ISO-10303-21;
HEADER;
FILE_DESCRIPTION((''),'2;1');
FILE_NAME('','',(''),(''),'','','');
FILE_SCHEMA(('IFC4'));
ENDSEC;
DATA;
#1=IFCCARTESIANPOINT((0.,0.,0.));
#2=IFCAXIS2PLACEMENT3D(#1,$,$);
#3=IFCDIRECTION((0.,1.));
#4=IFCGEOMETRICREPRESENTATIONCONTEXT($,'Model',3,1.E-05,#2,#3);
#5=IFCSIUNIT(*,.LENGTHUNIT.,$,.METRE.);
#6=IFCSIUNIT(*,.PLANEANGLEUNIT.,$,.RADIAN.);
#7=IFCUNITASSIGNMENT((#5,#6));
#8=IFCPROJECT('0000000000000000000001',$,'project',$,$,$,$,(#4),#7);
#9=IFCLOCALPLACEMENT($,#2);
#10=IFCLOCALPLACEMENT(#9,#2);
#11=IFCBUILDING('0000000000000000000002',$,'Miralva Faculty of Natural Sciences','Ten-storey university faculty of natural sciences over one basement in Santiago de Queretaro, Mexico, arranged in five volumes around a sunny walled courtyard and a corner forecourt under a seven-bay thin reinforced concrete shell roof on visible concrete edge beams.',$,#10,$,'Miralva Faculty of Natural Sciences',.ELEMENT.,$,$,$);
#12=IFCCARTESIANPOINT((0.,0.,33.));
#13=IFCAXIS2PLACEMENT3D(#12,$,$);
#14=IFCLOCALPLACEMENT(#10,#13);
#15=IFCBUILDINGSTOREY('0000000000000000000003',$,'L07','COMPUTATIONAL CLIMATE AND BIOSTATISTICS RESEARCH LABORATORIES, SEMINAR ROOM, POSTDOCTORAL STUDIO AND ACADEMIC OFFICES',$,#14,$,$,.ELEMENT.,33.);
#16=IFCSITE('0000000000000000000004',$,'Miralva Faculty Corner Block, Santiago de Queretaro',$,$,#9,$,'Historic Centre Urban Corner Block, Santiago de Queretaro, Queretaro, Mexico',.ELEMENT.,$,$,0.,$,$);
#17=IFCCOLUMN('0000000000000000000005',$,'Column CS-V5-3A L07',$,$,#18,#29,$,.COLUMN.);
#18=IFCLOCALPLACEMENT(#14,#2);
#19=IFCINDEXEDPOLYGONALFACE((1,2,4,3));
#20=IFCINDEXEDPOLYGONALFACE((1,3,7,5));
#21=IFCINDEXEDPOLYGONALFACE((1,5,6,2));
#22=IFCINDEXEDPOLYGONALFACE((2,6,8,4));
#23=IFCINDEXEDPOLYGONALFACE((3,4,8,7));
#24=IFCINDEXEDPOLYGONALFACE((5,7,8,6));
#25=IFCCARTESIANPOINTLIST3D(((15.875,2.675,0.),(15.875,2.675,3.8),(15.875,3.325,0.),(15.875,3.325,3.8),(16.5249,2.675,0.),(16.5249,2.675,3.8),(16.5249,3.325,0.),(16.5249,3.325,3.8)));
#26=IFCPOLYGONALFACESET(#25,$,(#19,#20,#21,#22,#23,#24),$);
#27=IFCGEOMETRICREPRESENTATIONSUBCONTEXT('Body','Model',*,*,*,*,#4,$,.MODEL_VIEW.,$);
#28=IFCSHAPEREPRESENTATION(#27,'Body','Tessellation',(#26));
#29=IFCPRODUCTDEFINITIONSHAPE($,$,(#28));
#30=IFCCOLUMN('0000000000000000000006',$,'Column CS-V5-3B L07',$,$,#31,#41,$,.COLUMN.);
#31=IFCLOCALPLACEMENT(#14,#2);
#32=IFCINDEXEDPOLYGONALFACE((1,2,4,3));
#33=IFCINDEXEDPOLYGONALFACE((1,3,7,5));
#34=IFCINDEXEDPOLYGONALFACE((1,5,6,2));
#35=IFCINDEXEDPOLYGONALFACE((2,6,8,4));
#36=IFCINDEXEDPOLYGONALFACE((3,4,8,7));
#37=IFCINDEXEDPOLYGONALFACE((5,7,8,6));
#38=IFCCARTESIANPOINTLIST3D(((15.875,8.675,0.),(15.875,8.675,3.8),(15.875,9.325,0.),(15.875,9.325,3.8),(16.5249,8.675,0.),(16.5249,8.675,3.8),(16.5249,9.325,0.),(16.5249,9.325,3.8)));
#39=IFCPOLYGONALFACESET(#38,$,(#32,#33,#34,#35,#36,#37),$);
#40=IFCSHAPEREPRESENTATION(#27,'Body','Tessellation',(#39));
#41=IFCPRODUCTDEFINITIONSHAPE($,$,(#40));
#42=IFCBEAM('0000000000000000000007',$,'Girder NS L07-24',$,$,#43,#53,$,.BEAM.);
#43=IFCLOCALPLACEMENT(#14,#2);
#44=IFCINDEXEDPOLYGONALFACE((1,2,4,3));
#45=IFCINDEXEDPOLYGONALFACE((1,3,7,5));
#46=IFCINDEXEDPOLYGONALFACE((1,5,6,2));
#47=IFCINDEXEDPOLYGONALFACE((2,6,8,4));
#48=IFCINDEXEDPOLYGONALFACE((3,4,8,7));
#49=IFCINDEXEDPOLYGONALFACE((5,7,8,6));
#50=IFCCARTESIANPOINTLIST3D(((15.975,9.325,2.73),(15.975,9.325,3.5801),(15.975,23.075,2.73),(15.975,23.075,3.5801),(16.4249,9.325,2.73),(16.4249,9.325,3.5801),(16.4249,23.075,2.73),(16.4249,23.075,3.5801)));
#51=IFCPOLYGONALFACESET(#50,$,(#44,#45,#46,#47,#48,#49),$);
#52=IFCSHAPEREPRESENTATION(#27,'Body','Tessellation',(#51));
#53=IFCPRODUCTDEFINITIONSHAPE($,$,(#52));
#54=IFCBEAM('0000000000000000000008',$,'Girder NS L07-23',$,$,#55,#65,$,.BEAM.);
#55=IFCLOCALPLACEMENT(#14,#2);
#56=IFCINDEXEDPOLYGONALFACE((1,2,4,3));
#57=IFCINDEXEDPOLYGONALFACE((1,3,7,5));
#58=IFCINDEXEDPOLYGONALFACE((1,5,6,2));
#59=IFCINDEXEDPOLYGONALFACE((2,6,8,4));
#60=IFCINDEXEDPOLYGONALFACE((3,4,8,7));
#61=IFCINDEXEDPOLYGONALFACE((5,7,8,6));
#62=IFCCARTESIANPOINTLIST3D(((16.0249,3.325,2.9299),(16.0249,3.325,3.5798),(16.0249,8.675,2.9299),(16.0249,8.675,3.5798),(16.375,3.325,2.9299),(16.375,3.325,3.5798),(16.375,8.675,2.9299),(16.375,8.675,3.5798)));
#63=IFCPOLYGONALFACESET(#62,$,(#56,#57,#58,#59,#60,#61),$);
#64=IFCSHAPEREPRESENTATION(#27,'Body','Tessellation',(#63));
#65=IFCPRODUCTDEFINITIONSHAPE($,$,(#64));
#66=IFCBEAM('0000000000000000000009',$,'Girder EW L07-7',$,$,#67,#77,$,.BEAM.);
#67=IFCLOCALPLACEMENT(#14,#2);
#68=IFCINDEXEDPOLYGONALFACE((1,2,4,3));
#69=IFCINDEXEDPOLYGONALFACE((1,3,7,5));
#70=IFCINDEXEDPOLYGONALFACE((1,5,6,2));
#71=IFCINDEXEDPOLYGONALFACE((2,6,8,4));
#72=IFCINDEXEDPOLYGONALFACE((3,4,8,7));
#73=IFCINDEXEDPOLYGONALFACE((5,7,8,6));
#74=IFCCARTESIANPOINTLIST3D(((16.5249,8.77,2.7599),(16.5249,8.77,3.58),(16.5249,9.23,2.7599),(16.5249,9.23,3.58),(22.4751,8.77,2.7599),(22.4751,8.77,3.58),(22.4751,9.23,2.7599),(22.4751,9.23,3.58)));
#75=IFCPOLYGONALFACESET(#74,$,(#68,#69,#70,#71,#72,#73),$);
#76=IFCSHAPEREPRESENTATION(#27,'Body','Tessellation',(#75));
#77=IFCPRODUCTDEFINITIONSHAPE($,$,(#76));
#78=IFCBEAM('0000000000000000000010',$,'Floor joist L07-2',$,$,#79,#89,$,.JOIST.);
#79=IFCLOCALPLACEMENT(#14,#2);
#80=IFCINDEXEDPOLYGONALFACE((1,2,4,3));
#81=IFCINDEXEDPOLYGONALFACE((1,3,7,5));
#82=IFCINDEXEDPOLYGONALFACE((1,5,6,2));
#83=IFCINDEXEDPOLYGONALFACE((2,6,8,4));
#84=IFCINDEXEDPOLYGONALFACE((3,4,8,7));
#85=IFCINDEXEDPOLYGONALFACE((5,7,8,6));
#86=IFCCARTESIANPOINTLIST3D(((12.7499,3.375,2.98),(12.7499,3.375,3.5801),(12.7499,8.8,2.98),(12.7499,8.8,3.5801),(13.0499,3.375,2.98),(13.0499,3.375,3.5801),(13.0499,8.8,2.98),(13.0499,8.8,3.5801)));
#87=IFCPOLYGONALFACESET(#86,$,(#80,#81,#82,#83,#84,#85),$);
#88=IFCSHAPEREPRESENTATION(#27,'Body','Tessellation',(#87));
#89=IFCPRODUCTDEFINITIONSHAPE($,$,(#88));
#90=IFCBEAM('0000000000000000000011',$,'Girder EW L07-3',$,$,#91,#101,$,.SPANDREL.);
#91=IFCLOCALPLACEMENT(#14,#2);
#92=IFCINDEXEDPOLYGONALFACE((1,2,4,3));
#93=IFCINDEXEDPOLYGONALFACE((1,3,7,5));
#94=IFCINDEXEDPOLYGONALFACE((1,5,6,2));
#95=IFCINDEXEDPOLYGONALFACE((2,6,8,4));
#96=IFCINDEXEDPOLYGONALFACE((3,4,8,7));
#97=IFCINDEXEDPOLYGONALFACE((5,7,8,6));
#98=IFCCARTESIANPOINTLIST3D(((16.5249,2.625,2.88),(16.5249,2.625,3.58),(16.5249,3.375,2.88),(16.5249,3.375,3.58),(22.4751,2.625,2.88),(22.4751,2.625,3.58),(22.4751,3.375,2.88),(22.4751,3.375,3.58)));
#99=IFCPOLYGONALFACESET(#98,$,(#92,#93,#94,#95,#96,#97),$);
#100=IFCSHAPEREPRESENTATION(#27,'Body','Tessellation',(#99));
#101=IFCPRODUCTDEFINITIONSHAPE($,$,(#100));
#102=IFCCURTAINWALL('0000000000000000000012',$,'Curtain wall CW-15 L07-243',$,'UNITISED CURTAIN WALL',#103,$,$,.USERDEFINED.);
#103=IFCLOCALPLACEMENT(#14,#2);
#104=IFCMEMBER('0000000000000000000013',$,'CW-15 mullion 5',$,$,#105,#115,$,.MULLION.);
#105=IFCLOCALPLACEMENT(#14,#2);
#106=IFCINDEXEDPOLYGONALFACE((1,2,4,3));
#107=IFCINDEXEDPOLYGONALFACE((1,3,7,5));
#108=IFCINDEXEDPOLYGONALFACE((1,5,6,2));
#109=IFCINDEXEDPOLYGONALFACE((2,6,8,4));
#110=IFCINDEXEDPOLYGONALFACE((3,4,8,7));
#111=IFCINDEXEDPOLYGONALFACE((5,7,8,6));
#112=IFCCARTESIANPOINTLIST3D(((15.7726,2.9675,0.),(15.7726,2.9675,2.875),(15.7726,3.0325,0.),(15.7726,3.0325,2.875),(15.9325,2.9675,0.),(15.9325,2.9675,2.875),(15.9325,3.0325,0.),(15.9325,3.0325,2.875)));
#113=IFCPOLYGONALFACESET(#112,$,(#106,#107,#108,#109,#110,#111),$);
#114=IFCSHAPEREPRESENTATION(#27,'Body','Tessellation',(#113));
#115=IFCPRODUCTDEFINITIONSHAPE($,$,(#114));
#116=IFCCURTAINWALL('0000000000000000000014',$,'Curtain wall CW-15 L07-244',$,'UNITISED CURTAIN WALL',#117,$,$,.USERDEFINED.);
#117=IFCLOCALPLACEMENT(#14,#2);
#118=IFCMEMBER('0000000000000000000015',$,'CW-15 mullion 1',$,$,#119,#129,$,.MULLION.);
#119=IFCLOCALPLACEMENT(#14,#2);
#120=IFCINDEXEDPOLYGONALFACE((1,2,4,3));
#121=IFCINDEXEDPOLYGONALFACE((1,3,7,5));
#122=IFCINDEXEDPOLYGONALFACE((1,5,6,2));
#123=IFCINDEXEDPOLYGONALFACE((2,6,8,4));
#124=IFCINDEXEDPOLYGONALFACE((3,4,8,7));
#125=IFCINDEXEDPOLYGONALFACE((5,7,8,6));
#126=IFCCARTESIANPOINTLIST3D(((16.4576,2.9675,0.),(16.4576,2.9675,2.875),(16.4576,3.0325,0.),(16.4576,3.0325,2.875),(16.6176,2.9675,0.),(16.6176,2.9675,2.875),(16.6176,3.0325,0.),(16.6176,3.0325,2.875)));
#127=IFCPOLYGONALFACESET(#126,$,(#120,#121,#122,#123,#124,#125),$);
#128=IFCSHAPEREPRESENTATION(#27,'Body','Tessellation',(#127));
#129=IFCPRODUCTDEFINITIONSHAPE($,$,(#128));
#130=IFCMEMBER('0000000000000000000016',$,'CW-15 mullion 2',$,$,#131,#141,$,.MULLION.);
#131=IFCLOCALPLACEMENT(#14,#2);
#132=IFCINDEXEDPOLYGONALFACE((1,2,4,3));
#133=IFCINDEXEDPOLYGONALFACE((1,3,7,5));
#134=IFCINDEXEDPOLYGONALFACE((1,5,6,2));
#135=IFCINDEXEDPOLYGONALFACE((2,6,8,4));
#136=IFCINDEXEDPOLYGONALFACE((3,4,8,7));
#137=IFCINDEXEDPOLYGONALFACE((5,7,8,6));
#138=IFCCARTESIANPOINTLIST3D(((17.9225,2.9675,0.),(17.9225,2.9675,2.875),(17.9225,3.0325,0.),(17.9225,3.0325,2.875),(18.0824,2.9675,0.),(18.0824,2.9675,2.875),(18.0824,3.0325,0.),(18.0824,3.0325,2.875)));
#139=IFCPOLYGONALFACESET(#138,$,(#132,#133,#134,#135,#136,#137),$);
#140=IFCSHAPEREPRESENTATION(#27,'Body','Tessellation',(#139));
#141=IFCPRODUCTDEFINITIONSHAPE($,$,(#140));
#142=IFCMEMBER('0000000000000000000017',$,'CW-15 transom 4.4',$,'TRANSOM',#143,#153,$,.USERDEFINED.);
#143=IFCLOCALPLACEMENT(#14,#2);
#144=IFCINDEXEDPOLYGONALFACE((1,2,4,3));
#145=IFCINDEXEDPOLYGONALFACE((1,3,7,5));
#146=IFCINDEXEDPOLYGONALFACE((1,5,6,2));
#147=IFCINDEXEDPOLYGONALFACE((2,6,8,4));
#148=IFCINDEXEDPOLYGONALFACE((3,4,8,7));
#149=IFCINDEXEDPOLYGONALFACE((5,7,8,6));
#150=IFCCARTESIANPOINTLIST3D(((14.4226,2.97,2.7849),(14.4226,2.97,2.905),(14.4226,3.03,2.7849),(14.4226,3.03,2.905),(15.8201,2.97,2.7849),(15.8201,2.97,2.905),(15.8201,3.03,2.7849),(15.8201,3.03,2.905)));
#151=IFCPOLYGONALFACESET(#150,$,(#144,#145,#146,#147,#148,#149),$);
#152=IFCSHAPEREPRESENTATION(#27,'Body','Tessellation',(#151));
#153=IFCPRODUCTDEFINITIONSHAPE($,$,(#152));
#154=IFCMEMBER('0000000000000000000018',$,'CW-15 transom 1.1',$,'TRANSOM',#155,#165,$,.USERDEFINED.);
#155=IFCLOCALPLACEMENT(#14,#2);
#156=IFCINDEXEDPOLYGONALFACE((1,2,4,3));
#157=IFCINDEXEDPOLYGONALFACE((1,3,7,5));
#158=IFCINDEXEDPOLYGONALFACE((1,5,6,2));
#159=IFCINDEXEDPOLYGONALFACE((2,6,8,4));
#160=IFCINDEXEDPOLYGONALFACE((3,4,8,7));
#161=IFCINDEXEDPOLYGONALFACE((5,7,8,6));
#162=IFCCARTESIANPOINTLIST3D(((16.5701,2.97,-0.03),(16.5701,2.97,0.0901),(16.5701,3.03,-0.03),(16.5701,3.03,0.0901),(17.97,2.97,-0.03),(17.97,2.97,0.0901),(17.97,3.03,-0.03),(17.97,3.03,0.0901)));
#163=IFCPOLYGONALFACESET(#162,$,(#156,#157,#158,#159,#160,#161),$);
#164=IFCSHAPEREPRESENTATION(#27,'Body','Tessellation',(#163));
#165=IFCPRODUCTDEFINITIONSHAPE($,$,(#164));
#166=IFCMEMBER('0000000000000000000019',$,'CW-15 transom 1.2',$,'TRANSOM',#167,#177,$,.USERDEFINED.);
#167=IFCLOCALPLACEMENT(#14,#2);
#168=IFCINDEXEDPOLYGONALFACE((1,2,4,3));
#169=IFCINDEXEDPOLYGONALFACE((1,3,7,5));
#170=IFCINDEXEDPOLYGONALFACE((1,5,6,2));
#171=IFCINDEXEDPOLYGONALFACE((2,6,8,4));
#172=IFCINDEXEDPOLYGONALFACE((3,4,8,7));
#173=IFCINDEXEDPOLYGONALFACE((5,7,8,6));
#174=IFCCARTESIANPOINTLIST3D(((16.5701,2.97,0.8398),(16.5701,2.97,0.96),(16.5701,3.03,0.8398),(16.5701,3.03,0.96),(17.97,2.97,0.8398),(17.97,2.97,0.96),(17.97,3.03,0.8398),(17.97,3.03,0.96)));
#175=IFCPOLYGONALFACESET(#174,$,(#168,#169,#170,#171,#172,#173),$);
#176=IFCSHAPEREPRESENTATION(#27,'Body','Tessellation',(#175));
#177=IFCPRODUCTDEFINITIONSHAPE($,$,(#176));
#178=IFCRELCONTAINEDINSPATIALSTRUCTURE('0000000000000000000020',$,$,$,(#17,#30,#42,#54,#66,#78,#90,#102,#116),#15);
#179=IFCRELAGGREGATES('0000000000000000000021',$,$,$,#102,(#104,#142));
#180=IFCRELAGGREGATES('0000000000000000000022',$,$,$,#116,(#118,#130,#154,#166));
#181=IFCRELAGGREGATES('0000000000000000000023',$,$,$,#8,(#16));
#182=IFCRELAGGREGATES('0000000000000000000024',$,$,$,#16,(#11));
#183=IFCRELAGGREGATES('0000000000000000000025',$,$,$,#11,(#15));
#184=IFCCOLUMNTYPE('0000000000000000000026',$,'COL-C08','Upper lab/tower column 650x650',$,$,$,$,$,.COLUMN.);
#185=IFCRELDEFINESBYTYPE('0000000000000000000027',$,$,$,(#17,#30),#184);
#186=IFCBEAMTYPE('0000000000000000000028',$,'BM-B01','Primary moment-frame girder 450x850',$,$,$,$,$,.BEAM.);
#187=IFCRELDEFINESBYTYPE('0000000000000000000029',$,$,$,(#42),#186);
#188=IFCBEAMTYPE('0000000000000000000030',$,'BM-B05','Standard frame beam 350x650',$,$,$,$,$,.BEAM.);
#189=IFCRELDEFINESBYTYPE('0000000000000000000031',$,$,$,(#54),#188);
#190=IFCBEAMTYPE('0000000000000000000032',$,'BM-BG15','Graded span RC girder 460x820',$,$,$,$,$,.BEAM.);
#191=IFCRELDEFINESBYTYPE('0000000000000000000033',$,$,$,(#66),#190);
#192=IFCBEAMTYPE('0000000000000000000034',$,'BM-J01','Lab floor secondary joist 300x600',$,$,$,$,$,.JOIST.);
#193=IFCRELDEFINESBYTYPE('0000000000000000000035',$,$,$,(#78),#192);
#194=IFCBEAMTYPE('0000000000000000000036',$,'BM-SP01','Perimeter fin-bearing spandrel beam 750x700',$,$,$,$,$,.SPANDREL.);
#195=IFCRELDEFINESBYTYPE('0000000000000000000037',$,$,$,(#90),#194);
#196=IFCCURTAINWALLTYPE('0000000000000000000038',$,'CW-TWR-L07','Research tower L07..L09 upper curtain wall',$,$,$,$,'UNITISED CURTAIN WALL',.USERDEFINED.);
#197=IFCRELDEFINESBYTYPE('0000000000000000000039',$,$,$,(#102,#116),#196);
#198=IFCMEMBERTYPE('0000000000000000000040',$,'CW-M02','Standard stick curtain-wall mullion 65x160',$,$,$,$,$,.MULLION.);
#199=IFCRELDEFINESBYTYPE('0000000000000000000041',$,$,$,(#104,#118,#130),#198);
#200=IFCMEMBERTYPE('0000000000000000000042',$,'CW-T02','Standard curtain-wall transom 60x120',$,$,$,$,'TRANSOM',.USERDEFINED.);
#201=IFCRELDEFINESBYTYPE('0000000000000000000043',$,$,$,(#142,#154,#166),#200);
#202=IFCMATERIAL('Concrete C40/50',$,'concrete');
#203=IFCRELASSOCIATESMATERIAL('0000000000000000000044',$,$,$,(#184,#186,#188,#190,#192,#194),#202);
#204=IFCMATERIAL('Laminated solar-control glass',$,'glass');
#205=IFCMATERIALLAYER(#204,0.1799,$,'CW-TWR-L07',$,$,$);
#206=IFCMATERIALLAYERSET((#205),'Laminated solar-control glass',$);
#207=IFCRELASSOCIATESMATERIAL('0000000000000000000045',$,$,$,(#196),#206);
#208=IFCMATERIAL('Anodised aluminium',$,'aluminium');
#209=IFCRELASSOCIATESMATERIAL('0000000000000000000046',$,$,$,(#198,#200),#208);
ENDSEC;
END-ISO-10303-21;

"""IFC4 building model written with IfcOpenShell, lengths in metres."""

from ifc_helpers import new_model, si_unit, direction, frame, origin, origin_2d, place, context, subcontext, project, spatial, rectangle, extrude, material, layer, layer_set, material_profile, profile_set, type_object, element, aggregate, save


model = new_model("IFC4")

# Units and contexts
model_context = context("Model", 3, precision=1e-05, world=origin(), true_north=direction((0.0, 1.0)))
body_context = subcontext(model_context, "Body", "Model", "MODEL_VIEW")
ifc_project = project(units=[si_unit("LENGTHUNIT", "METRE"), si_unit("PLANEANGLEUNIT", "RADIAN")], contexts=[model_context])

# Site, building, storey
site_placement = place(None, origin())
site = spatial("IfcSite", under=ifc_project, at=site_placement, Name="Miralva Faculty Corner Block, Santiago de Queretaro", LongName="Historic Centre Urban Corner Block, Santiago de Queretaro, Queretaro, Mexico", CompositionType="ELEMENT", RefElevation=0.0)
building_placement = place(site_placement, origin())
building = spatial("IfcBuilding", under=site, at=building_placement, Name="Miralva Faculty of Natural Sciences", Description="Ten-storey university faculty of natural sciences over one basement in Santiago de Queretaro, Mexico, arranged in five volumes around a sunny walled courtyard and a corner forecourt under a seven-bay thin reinforced concrete shell roof on visible concrete edge beams.", LongName="Miralva Faculty of Natural Sciences", CompositionType="ELEMENT")
storey_placement = place(building_placement, frame((0.0, 0.0, 33.0)))
storey = spatial("IfcBuildingStorey", under=building, at=storey_placement, Name="L07", Description="COMPUTATIONAL CLIMATE AND BIOSTATISTICS RESEARCH LABORATORIES, SEMINAR ROOM, POSTDOCTORAL STUDIO AND ACADEMIC OFFICES", CompositionType="ELEMENT", Elevation=33.0)

# Columns
ifc_material_1 = material(Name="Concrete C40/50", Category="concrete")
ifc_material_profile_1 = material_profile(ifc_material_1, rectangle(XDim=0.6499, YDim=0.6499, at=origin_2d()), Name="RC 650x650")
ifc_profile_set_1 = profile_set([ifc_material_profile_1], Name="Concrete C40/50")
column_type = type_object("IfcColumnType", Name="COL-C08", Description="Upper lab/tower column 650x650", PredefinedType="COLUMN", material=ifc_profile_set_1)
for number, where, z_axis, x_axis, name in (
    (1, (16.2, 3.0, 0.0), (0.0, 0.0, 1.0), (1.0, 0.0, 0.0), "Column CS-V5-3A L07"),
    (2, (16.2, 9.0, 0.0), (0.0, 0.0, 1.0), (1.0, 0.0, 0.0), "Column CS-V5-3B L07"),
):
    element("IfcColumn", number, at=place(storey_placement, frame(where, z_axis=z_axis, x_axis=x_axis)), inside=storey, type_object=column_type, Name=name, PredefinedType="COLUMN", context=body_context, shape_type="SweptSolid", body=[
        extrude(rectangle(XDim=0.6499, YDim=0.6499, at=origin_2d()), origin(), (0.0, 0.0, 1.0), 3.8),
    ])

# Beams
ifc_material_profile_2 = material_profile(ifc_material_1, rectangle(XDim=0.45, YDim=0.8501, at=origin_2d()), Name="RC 450x850")
ifc_profile_set_2 = profile_set([ifc_material_profile_2], Name="Concrete C40/50")
beam_type_1 = type_object("IfcBeamType", Name="BM-B01", Description="Primary moment-frame girder 450x850", PredefinedType="BEAM", material=ifc_profile_set_2)
beam_1_placement = place(storey_placement, frame((16.2, 9.325, 3.155), z_axis=(0.0, 1.0, 0.0), x_axis=(-1.0, 0.0, 0.0)))
element("IfcBeam", 3, at=beam_1_placement, inside=storey, type_object=beam_type_1, Name="Girder NS L07-24", PredefinedType="BEAM", context=body_context, shape_type="SweptSolid", body=[
    extrude(rectangle(XDim=0.45, YDim=0.8501, at=origin_2d()), origin(), (0.0, 0.0, 1.0), 13.75),
])
ifc_material_profile_3 = material_profile(ifc_material_1, rectangle(XDim=0.3501, YDim=0.6499, at=origin_2d()), Name="RC 350x650")
ifc_profile_set_3 = profile_set([ifc_material_profile_3], Name="Concrete C40/50")
beam_type_2 = type_object("IfcBeamType", Name="BM-B05", Description="Standard frame beam 350x650", PredefinedType="BEAM", material=ifc_profile_set_3)
beam_2_placement = place(storey_placement, frame((16.2, 3.325, 3.2549), z_axis=(0.0, 1.0, 0.0), x_axis=(-1.0, 0.0, 0.0)))
element("IfcBeam", 4, at=beam_2_placement, inside=storey, type_object=beam_type_2, Name="Girder NS L07-23", PredefinedType="BEAM", context=body_context, shape_type="SweptSolid", body=[
    extrude(rectangle(XDim=0.3501, YDim=0.6499, at=origin_2d()), origin(), (0.0, 0.0, 1.0), 5.3501),
])
ifc_material_profile_4 = material_profile(ifc_material_1, rectangle(XDim=0.46, YDim=0.8201, at=origin_2d()), Name="RC 460x820")
ifc_profile_set_4 = profile_set([ifc_material_profile_4], Name="Concrete C40/50")
beam_type_3 = type_object("IfcBeamType", Name="BM-BG15", Description="Graded span RC girder 460x820", PredefinedType="BEAM", material=ifc_profile_set_4)
beam_3_placement = place(storey_placement, frame((16.5249, 9.0, 3.1699), z_axis=(1.0, 0.0, 0.0), x_axis=(0.0, 1.0, 0.0)))
element("IfcBeam", 5, at=beam_3_placement, inside=storey, type_object=beam_type_3, Name="Girder EW L07-7", PredefinedType="BEAM", context=body_context, shape_type="SweptSolid", body=[
    extrude(rectangle(XDim=0.46, YDim=0.8201, at=origin_2d()), origin(), (0.0, 0.0, 1.0), 5.9502),
])
ifc_material_profile_5 = material_profile(ifc_material_1, rectangle(XDim=0.3, YDim=0.6001, at=origin_2d()), Name="RC 300x600")
ifc_profile_set_5 = profile_set([ifc_material_profile_5], Name="Concrete C40/50")
beam_type_4 = type_object("IfcBeamType", Name="BM-J01", Description="Lab floor secondary joist 300x600", PredefinedType="JOIST", material=ifc_profile_set_5)
beam_4_placement = place(storey_placement, frame((12.8999, 3.375, 3.28), z_axis=(0.0, 1.0, 0.0), x_axis=(-1.0, 0.0, 0.0)))
element("IfcBeam", 6, at=beam_4_placement, inside=storey, type_object=beam_type_4, Name="Floor joist L07-2", PredefinedType="JOIST", context=body_context, shape_type="SweptSolid", body=[
    extrude(rectangle(XDim=0.3, YDim=0.6001, at=origin_2d()), origin(), (0.0, 0.0, 1.0), 5.425),
])
ifc_material_profile_6 = material_profile(ifc_material_1, rectangle(XDim=0.75, YDim=0.7, at=origin_2d()), Name="RC 750x700")
ifc_profile_set_6 = profile_set([ifc_material_profile_6], Name="Concrete C40/50")
beam_type_5 = type_object("IfcBeamType", Name="BM-SP01", Description="Perimeter fin-bearing spandrel beam 750x700", PredefinedType="SPANDREL", material=ifc_profile_set_6)
beam_5_placement = place(storey_placement, frame((16.5249, 3.0, 3.23), z_axis=(1.0, 0.0, 0.0), x_axis=(0.0, 1.0, 0.0)))
element("IfcBeam", 7, at=beam_5_placement, inside=storey, type_object=beam_type_5, Name="Girder EW L07-3", PredefinedType="SPANDREL", context=body_context, shape_type="SweptSolid", body=[
    extrude(rectangle(XDim=0.75, YDim=0.7, at=origin_2d()), origin(), (0.0, 0.0, 1.0), 5.9502),
])

# Curtain wall, member
ifc_material_2 = material(Name="Laminated solar-control glass", Category="glass")
ifc_layer_1 = layer(ifc_material_2, 0.1799, Name="CW-TWR-L07")
ifc_layer_set_1 = layer_set([ifc_layer_1], Name="Laminated solar-control glass")
curtain_wall_type = type_object("IfcCurtainWallType", Name="CW-TWR-L07", Description="Research tower L07..L09 upper curtain wall", ElementType="UNITISED CURTAIN WALL", PredefinedType="USERDEFINED", material=ifc_layer_set_1)
curtain_wall_1_placement = place(storey_placement, origin())
curtain_wall_1 = element("IfcCurtainWall", 8, at=curtain_wall_1_placement, inside=storey, type_object=curtain_wall_type, Name="Curtain wall CW-15 L07-243", ObjectType="UNITISED CURTAIN WALL", PredefinedType="USERDEFINED")
ifc_material_3 = material(Name="Anodised aluminium", Category="aluminium")
ifc_material_profile_7 = material_profile(ifc_material_3, rectangle(XDim=0.0649, YDim=0.1599, at=origin_2d()), Name="MULLION 65x160")
ifc_profile_set_7 = profile_set([ifc_material_profile_7], Name="Anodised aluminium")
member_type_1 = type_object("IfcMemberType", Name="CW-M02", Description="Standard stick curtain-wall mullion 65x160", PredefinedType="MULLION", material=ifc_profile_set_7)
member_1_placement = place(storey_placement, frame((15.8525, 3.0, 0.0), z_axis=(0.0, 0.0, 1.0), x_axis=(0.0, 1.0, 0.0)))
member_1 = element("IfcMember", 9, at=member_1_placement, type_object=member_type_1, Name="CW-15 mullion 5", PredefinedType="MULLION", context=body_context, shape_type="SweptSolid", body=[
    extrude(rectangle(XDim=0.0649, YDim=0.1599, at=origin_2d()), origin(), (0.0, 0.0, 1.0), 2.875),
])

# Curtain wall, members
curtain_wall_2_placement = place(storey_placement, origin())
curtain_wall_2 = element("IfcCurtainWall", 10, at=curtain_wall_2_placement, inside=storey, type_object=curtain_wall_type, Name="Curtain wall CW-15 L07-244", ObjectType="UNITISED CURTAIN WALL", PredefinedType="USERDEFINED")
member_2_placement = place(storey_placement, frame((16.5376, 3.0, 0.0), z_axis=(0.0, 0.0, 1.0), x_axis=(0.0, 1.0, 0.0)))
member_2 = element("IfcMember", 11, at=member_2_placement, type_object=member_type_1, Name="CW-15 mullion 1", PredefinedType="MULLION", context=body_context, shape_type="SweptSolid", body=[
    extrude(rectangle(XDim=0.0649, YDim=0.1599, at=origin_2d()), origin(), (0.0, 0.0, 1.0), 2.875),
])
member_3_placement = place(storey_placement, frame((18.0024, 3.0, 0.0), z_axis=(0.0, 0.0, 1.0), x_axis=(0.0, 1.0, 0.0)))
member_3 = element("IfcMember", 12, at=member_3_placement, type_object=member_type_1, Name="CW-15 mullion 2", PredefinedType="MULLION", context=body_context, shape_type="SweptSolid", body=[
    extrude(rectangle(XDim=0.0649, YDim=0.1599, at=origin_2d()), origin(), (0.0, 0.0, 1.0), 2.875),
])

# Members
ifc_material_profile_8 = material_profile(ifc_material_3, rectangle(XDim=0.0601, YDim=0.1201, at=origin_2d()), Name="TRANSOM 60x120")
ifc_profile_set_8 = profile_set([ifc_material_profile_8], Name="Anodised aluminium")
member_type_2 = type_object("IfcMemberType", Name="CW-T02", Description="Standard curtain-wall transom 60x120", ElementType="TRANSOM", PredefinedType="USERDEFINED", material=ifc_profile_set_8)
member_4_placement = place(storey_placement, frame((14.4226, 3.0, 2.845), z_axis=(1.0, 0.0, 0.0), x_axis=(0.0, 1.0, 0.0)))
member_4 = element("IfcMember", 13, at=member_4_placement, type_object=member_type_2, Name="CW-15 transom 4.4", ObjectType="TRANSOM", PredefinedType="USERDEFINED", context=body_context, shape_type="SweptSolid", body=[
    extrude(rectangle(XDim=0.0601, YDim=0.1201, at=origin_2d()), origin(), (0.0, 0.0, 1.0), 1.3975),
])
member_5_placement = place(storey_placement, frame((16.5701, 3.0, 0.03), z_axis=(1.0, 0.0, 0.0), x_axis=(0.0, 1.0, 0.0)))
member_5 = element("IfcMember", 14, at=member_5_placement, type_object=member_type_2, Name="CW-15 transom 1.1", ObjectType="TRANSOM", PredefinedType="USERDEFINED", context=body_context, shape_type="SweptSolid", body=[
    extrude(rectangle(XDim=0.0601, YDim=0.1201, at=origin_2d()), origin(), (0.0, 0.0, 1.0), 1.3999),
])
member_6_placement = place(storey_placement, frame((16.5701, 3.0, 0.8999), z_axis=(1.0, 0.0, 0.0), x_axis=(0.0, 1.0, 0.0)))
member_6 = element("IfcMember", 15, at=member_6_placement, type_object=member_type_2, Name="CW-15 transom 1.2", ObjectType="TRANSOM", PredefinedType="USERDEFINED", context=body_context, shape_type="SweptSolid", body=[
    extrude(rectangle(XDim=0.0601, YDim=0.1201, at=origin_2d()), origin(), (0.0, 0.0, 1.0), 1.3999),
])

aggregate(curtain_wall_1, [member_1, member_4])
aggregate(curtain_wall_2, [member_2, member_3, member_5, member_6])

save(model, "model.ifc")
